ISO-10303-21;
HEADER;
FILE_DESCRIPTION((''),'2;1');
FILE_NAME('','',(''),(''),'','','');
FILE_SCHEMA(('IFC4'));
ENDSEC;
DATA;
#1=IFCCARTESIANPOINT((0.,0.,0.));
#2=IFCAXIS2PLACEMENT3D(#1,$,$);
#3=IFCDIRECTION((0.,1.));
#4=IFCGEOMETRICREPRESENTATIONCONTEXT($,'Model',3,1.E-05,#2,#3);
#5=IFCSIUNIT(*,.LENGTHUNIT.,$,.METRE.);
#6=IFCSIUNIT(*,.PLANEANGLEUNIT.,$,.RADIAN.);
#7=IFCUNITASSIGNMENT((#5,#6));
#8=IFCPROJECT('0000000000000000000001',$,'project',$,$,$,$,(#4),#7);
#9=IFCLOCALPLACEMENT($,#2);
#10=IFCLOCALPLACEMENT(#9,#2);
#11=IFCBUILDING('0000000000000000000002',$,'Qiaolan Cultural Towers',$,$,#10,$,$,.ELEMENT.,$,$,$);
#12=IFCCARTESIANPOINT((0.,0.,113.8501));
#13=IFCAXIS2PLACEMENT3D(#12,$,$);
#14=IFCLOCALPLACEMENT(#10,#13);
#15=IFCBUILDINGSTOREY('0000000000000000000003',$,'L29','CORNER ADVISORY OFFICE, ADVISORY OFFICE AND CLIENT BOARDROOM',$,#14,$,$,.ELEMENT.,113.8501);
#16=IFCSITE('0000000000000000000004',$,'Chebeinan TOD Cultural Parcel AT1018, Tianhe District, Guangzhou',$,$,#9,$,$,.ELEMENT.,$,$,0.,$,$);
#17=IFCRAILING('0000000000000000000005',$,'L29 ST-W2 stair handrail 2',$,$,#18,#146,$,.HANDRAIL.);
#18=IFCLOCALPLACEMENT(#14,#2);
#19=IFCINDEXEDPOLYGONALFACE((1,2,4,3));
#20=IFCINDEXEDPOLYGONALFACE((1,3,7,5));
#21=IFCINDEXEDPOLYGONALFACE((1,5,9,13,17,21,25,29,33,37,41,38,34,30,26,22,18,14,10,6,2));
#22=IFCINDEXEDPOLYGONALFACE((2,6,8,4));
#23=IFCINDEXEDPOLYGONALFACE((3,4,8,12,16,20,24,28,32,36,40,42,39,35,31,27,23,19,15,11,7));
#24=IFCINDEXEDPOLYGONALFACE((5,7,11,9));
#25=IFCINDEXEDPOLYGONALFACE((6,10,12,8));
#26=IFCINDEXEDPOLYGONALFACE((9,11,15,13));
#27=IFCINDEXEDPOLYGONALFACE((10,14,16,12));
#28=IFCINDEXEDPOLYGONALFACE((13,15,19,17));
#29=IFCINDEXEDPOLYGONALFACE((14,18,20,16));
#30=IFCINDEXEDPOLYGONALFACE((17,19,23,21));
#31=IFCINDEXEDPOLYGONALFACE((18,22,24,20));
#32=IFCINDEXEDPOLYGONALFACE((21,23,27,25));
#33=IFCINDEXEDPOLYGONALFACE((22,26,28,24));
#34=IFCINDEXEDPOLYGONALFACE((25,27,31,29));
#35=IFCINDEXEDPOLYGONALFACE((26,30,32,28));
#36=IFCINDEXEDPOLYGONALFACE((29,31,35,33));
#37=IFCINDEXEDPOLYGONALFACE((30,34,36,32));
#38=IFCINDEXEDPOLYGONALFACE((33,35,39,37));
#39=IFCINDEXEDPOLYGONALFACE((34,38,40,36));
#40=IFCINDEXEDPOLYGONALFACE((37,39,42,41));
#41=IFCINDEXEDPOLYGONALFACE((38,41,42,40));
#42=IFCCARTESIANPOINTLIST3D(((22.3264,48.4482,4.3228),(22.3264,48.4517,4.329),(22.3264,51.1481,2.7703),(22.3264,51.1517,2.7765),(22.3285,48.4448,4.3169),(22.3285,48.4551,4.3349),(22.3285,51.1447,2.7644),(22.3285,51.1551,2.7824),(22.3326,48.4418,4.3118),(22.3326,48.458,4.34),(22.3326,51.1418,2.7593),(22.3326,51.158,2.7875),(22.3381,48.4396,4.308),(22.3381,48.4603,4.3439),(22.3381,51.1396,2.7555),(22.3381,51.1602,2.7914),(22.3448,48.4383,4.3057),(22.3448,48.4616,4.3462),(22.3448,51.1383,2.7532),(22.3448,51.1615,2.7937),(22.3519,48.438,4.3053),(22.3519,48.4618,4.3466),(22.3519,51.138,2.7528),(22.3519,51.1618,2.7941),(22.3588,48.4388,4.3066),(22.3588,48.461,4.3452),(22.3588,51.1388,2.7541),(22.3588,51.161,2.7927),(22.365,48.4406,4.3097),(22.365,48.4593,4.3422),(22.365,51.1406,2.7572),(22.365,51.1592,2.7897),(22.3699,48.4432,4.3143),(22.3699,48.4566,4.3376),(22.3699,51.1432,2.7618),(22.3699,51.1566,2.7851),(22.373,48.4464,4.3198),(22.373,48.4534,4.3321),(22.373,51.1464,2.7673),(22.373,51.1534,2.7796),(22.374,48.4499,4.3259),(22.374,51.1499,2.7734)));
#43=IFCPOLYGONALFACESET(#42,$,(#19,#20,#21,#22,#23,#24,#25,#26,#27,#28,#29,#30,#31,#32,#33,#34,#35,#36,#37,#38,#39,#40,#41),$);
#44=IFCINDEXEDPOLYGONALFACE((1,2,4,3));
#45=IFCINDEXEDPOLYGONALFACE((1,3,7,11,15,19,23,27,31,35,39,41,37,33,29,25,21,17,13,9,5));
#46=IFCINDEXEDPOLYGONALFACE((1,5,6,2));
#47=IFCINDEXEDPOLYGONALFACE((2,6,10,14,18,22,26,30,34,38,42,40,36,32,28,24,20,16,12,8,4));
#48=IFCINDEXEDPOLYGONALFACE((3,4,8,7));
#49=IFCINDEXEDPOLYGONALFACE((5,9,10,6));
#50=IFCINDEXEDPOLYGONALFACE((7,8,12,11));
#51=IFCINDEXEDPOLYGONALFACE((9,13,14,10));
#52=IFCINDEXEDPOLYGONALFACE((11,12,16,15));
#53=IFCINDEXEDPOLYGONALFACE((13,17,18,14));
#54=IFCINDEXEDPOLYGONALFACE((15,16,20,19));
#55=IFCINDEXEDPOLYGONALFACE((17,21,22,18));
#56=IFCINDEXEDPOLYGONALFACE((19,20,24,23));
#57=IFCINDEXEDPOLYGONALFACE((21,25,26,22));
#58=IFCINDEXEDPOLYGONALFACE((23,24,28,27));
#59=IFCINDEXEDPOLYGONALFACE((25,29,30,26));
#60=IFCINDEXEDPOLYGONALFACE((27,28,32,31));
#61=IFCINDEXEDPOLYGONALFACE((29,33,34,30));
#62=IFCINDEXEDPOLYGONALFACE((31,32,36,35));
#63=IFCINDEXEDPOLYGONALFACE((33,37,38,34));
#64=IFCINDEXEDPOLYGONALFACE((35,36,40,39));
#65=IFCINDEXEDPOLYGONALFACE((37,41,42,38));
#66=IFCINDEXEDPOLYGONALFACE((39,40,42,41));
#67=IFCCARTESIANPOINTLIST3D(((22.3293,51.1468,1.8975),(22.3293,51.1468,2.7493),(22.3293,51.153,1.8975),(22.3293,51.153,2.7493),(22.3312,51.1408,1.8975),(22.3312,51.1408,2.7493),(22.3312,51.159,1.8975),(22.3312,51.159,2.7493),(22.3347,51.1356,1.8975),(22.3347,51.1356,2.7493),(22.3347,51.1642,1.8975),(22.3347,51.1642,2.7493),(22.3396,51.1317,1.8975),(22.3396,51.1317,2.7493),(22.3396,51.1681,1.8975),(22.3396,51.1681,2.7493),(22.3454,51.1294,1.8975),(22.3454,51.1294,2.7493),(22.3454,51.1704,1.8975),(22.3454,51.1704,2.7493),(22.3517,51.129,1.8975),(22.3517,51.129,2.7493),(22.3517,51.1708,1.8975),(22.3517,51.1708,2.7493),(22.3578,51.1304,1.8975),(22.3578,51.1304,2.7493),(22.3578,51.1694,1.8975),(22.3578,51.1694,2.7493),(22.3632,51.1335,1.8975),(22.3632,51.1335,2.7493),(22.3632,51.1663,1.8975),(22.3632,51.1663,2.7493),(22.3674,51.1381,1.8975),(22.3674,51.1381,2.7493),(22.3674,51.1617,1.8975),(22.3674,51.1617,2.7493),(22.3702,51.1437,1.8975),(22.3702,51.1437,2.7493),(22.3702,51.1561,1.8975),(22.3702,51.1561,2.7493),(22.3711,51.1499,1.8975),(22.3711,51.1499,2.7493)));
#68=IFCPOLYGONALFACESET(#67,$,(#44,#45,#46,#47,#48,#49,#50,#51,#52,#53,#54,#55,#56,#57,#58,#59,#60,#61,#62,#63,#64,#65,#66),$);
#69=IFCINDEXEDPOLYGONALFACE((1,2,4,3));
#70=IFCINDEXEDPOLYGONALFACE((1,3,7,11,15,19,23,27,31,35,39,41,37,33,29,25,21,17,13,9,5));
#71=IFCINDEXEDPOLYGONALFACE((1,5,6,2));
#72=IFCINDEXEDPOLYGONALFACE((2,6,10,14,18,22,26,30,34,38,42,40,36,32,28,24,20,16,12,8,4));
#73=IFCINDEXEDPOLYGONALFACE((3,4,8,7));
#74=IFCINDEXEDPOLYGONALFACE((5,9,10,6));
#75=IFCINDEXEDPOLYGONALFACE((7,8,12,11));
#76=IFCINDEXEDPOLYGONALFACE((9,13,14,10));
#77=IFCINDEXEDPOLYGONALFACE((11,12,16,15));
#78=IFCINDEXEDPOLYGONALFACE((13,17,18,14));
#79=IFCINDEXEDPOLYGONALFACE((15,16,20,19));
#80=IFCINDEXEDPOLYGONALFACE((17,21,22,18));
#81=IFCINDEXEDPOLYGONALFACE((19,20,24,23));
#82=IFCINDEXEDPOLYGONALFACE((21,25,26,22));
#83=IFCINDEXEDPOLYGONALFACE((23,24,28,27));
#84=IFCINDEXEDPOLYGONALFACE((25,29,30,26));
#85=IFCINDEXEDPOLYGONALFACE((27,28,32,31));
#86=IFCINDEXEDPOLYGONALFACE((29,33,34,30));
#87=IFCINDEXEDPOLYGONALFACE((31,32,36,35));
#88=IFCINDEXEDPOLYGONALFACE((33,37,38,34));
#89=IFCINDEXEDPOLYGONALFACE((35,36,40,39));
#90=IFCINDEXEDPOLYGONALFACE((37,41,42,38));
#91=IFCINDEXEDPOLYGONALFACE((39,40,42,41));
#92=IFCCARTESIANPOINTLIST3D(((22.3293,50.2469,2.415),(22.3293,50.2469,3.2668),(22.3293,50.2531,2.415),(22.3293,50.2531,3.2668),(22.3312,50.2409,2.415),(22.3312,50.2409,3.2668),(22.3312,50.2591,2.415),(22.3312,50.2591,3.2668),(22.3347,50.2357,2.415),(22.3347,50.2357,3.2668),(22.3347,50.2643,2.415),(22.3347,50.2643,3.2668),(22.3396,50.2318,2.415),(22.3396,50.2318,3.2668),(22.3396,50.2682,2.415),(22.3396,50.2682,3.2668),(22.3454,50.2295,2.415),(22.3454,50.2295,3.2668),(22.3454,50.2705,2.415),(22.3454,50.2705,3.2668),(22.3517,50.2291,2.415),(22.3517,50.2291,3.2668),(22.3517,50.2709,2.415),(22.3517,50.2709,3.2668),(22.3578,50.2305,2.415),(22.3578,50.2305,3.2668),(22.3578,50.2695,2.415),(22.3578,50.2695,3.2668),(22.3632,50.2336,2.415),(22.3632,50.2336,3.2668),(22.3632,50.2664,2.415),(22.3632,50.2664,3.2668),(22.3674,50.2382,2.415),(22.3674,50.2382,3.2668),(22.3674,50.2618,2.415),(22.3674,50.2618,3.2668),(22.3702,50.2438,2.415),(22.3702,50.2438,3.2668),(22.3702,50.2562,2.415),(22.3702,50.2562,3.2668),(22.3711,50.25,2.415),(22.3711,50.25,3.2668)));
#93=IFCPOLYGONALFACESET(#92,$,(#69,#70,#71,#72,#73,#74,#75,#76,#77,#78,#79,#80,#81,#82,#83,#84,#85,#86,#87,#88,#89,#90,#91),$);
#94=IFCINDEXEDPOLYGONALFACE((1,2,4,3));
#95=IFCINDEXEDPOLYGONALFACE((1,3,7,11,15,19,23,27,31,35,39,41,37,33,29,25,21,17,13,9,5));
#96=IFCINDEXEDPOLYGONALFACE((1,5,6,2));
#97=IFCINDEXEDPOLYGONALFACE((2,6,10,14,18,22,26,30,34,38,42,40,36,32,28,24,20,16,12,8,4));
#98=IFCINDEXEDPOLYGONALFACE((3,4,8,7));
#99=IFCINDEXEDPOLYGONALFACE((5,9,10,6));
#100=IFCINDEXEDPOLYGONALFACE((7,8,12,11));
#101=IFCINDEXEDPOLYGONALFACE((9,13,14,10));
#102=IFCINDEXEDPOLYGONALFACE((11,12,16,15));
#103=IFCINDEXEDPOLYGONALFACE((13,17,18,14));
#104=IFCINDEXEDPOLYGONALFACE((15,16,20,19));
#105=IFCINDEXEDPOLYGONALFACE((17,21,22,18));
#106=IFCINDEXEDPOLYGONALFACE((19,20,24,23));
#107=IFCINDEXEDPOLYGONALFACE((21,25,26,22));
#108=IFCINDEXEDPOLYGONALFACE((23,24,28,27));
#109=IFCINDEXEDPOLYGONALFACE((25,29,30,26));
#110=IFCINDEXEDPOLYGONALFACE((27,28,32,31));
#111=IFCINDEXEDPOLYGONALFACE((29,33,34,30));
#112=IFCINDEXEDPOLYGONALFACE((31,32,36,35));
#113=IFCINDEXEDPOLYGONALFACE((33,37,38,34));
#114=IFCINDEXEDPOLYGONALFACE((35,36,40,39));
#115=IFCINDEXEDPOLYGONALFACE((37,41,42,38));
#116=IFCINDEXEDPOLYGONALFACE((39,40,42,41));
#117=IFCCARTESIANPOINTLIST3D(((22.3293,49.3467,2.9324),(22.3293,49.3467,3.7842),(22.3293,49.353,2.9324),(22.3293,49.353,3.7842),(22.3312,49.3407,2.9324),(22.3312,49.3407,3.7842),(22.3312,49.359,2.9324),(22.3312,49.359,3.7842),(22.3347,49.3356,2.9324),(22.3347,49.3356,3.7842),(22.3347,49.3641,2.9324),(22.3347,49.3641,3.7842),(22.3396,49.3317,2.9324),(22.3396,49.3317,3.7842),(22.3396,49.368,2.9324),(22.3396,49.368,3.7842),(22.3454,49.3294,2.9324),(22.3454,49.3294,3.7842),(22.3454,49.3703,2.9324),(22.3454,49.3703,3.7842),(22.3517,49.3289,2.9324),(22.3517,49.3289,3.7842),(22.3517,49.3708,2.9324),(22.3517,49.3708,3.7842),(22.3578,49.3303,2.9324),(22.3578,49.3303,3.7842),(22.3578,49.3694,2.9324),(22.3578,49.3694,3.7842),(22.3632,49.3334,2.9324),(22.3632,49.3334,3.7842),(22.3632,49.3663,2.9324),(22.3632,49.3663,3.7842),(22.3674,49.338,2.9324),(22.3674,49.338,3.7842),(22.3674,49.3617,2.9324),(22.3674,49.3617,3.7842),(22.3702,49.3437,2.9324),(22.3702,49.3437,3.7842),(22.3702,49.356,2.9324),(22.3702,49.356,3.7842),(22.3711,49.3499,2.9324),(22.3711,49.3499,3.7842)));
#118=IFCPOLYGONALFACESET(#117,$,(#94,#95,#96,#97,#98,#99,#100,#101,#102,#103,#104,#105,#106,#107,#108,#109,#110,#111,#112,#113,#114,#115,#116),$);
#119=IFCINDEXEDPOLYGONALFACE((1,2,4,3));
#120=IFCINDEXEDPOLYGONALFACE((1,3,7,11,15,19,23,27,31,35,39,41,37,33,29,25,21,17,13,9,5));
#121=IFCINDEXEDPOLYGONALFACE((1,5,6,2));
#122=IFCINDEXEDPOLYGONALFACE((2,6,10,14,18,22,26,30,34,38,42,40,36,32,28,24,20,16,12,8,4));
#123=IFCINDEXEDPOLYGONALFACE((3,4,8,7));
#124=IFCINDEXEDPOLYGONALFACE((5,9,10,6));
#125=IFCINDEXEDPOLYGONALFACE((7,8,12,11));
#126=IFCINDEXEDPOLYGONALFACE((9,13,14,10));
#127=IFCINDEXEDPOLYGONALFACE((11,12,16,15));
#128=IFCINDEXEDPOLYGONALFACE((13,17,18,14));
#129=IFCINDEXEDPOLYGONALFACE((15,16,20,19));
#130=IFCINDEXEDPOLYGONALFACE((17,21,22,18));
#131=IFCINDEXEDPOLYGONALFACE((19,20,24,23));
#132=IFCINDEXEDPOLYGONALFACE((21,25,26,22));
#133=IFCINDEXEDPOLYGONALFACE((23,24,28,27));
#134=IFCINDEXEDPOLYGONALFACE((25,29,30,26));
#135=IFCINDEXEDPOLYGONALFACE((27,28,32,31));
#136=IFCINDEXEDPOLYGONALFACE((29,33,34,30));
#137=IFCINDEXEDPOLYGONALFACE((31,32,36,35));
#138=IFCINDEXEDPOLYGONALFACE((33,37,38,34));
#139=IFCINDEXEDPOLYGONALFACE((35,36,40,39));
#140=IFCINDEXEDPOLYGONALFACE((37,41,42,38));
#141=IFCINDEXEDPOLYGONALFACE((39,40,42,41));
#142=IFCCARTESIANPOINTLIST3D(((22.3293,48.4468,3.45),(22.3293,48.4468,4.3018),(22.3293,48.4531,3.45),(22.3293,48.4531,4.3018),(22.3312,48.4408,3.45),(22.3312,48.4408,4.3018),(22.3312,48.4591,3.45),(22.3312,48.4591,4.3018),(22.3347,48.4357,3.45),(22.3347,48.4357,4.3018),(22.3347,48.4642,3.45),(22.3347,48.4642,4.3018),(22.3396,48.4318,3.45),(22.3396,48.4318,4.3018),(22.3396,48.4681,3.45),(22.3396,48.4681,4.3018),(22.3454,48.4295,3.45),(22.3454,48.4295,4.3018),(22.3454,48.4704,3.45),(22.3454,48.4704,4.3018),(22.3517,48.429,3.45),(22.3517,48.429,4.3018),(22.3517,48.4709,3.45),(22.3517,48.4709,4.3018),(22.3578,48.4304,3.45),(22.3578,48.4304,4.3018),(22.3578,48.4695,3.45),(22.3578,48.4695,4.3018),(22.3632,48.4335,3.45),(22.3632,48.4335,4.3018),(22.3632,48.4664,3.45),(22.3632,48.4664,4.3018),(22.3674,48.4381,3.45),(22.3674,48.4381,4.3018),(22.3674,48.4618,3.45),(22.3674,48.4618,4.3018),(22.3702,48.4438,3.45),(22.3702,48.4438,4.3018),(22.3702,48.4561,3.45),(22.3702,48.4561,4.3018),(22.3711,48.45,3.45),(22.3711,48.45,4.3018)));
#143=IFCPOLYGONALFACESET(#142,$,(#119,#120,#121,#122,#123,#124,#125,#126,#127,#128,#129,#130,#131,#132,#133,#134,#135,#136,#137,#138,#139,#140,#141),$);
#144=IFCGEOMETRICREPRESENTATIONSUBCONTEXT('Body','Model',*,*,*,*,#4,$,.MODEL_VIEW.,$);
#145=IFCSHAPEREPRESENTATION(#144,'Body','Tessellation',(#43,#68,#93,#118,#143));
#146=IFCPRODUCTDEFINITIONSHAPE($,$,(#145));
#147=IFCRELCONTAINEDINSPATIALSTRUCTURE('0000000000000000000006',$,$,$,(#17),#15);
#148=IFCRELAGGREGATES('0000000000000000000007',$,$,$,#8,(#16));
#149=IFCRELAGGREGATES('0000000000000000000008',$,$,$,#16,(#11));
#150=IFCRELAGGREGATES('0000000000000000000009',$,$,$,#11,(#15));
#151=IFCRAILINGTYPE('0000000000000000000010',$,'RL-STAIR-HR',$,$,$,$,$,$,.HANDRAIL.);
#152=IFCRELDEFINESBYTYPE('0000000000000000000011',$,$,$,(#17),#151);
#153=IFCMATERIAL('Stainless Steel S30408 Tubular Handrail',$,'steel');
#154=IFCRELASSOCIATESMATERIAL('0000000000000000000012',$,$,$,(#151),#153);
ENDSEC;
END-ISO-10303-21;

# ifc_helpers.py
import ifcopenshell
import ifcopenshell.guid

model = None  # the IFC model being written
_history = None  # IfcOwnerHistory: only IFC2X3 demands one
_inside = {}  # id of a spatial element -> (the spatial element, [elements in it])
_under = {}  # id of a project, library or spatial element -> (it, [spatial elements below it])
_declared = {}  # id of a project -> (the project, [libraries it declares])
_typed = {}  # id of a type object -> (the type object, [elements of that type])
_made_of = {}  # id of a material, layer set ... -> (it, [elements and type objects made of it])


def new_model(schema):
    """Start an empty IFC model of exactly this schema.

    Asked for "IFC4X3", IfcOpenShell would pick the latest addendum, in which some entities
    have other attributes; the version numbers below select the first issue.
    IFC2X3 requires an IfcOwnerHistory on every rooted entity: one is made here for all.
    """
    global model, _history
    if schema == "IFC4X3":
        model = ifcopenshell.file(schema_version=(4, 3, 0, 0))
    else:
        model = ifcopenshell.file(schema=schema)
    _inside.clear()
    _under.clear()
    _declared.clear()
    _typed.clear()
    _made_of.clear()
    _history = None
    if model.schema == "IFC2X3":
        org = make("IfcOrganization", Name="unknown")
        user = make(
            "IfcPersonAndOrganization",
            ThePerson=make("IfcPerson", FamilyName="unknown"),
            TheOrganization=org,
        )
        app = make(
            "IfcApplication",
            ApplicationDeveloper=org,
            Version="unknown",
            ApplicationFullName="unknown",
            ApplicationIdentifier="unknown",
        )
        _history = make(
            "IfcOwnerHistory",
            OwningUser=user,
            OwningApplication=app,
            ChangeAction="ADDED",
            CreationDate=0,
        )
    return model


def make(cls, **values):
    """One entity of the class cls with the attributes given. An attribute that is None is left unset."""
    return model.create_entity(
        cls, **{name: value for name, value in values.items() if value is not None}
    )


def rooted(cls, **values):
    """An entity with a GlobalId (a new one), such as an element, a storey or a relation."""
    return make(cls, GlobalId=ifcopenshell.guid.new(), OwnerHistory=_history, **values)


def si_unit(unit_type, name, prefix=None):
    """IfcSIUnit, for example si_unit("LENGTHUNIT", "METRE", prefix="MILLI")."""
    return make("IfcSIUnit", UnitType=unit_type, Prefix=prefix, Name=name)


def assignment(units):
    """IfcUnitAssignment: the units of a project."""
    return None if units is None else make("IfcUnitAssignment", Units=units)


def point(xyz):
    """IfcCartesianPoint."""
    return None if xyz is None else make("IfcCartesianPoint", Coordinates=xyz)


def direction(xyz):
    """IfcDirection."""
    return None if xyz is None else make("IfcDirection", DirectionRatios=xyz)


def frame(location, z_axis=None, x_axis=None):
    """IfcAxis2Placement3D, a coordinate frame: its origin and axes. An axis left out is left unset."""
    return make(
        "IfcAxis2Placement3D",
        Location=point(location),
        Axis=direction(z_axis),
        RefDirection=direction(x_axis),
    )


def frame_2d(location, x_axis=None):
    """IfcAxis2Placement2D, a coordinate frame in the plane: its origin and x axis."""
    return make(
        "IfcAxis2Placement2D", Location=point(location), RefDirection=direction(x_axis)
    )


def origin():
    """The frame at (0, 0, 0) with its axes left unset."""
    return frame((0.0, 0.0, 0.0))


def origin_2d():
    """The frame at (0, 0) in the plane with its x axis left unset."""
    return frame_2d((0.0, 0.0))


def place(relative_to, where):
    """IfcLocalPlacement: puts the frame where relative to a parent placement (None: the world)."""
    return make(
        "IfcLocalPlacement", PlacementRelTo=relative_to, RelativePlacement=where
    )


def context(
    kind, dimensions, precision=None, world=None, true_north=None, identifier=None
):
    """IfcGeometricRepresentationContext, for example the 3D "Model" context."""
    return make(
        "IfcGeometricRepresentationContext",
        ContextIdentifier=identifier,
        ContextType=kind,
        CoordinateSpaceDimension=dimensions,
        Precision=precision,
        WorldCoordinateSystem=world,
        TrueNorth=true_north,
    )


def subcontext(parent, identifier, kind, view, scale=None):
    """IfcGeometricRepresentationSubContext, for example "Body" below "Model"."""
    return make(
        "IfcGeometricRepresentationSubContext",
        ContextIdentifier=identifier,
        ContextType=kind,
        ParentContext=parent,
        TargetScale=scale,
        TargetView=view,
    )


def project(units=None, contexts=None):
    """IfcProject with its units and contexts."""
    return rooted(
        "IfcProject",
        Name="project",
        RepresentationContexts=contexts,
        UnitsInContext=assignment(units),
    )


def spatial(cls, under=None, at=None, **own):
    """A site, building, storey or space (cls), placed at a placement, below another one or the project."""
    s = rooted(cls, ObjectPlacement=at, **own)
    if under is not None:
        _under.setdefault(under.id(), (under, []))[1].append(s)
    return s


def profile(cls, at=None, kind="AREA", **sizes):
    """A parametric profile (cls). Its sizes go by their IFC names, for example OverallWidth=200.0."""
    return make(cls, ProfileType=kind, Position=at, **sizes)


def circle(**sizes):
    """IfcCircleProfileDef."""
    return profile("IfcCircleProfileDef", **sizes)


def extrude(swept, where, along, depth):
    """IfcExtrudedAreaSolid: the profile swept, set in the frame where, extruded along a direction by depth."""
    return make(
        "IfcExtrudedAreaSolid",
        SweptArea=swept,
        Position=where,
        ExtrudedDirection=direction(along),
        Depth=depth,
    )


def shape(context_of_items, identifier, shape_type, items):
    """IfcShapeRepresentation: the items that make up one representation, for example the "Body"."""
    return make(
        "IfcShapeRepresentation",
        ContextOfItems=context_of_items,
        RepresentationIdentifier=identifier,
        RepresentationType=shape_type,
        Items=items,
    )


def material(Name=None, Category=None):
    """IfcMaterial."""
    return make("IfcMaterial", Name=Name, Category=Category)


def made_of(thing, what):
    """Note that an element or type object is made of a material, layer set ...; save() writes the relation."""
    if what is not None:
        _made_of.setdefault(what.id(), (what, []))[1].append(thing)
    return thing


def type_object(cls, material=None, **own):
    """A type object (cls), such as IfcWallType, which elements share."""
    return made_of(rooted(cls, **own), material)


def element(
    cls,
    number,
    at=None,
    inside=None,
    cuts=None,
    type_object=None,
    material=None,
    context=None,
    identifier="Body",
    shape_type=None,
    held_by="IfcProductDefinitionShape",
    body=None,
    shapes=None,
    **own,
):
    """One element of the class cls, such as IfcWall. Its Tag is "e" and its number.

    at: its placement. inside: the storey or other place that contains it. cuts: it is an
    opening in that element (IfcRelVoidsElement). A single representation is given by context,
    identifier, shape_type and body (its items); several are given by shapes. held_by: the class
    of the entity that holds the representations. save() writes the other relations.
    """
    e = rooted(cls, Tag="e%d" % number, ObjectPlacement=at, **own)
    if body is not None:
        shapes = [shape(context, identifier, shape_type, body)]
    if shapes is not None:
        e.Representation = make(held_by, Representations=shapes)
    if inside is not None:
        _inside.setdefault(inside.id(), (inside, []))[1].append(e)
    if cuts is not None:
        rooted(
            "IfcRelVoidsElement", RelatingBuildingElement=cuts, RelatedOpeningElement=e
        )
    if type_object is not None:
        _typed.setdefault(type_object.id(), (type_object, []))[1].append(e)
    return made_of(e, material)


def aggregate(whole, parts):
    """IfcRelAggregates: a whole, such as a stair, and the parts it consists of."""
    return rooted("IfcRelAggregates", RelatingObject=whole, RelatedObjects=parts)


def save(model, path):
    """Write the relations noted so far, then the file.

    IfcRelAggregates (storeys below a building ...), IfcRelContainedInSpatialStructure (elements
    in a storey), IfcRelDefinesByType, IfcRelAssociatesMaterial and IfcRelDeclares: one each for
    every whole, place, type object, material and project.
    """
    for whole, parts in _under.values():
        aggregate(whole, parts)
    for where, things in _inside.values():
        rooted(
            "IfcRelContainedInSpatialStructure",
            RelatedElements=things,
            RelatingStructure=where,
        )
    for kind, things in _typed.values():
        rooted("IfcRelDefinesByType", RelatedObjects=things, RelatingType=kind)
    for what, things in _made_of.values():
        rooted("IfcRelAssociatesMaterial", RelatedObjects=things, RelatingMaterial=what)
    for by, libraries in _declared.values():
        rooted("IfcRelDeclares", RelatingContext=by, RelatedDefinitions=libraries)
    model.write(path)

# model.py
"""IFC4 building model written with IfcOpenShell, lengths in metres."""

from ifc_helpers import new_model, si_unit, direction, frame, origin, origin_2d, place, context, subcontext, project, spatial, circle, extrude, material, type_object, element, save


model = new_model("IFC4")

# Units and contexts
model_context = context("Model", 3, precision=1e-05, world=origin(), true_north=direction((0.0, 1.0)))
body_context = subcontext(model_context, "Body", "Model", "MODEL_VIEW")
ifc_project = project(units=[si_unit("LENGTHUNIT", "METRE"), si_unit("PLANEANGLEUNIT", "RADIAN")], contexts=[model_context])

# Site, building, storey
site_placement = place(None, origin())
site = spatial("IfcSite", under=ifc_project, at=site_placement, Name="Chebeinan TOD Cultural Parcel AT1018, Tianhe District, Guangzhou", CompositionType="ELEMENT", RefElevation=0.0)
building_placement = place(site_placement, origin())
building = spatial("IfcBuilding", under=site, at=building_placement, Name="Qiaolan Cultural Towers", CompositionType="ELEMENT")
storey_placement = place(building_placement, frame((0.0, 0.0, 113.8501)))
storey = spatial("IfcBuildingStorey", under=building, at=storey_placement, Name="L29", Description="CORNER ADVISORY OFFICE, ADVISORY OFFICE AND CLIENT BOARDROOM", CompositionType="ELEMENT", Elevation=113.8501)

# Railing
ifc_material_1 = material(Name="Stainless Steel S30408 Tubular Handrail", Category="steel")
railing_type_1 = type_object("IfcRailingType", Name="RL-STAIR-HR", PredefinedType="HANDRAIL", material=ifc_material_1)
railing_1_placement = place(storey_placement, frame((22.3501, 51.1499, 1.8975)))
element("IfcRailing", 1, at=railing_1_placement, inside=storey, type_object=railing_type_1, Name="L29 ST-W2 stair handrail 2", PredefinedType="HANDRAIL", context=body_context, shape_type="SweptSolid", body=[
    extrude(circle(Radius=0.0239, at=origin_2d()), frame((0.0, 0.0, 0.876), z_axis=(0.0, -0.866904, 0.498476), x_axis=(1.0, 0.0, 0.0)), (0.0, 0.0, 1.0), 3.1145),
    extrude(circle(Radius=0.021, at=origin_2d()), origin(), (0.0, 0.0, 1.0), 0.8518),
    extrude(circle(Radius=0.021, at=origin_2d()), frame((0.0, -0.8999, 0.5176)), (0.0, 0.0, 1.0), 0.8518),
    extrude(circle(Radius=0.021, at=origin_2d()), frame((0.0, -1.8, 1.0349)), (0.0, 0.0, 1.0), 0.8518),
    extrude(circle(Radius=0.021, at=origin_2d()), frame((0.0, -2.7, 1.5525)), (0.0, 0.0, 1.0), 0.8518),
])

save(model, "model.ifc")
